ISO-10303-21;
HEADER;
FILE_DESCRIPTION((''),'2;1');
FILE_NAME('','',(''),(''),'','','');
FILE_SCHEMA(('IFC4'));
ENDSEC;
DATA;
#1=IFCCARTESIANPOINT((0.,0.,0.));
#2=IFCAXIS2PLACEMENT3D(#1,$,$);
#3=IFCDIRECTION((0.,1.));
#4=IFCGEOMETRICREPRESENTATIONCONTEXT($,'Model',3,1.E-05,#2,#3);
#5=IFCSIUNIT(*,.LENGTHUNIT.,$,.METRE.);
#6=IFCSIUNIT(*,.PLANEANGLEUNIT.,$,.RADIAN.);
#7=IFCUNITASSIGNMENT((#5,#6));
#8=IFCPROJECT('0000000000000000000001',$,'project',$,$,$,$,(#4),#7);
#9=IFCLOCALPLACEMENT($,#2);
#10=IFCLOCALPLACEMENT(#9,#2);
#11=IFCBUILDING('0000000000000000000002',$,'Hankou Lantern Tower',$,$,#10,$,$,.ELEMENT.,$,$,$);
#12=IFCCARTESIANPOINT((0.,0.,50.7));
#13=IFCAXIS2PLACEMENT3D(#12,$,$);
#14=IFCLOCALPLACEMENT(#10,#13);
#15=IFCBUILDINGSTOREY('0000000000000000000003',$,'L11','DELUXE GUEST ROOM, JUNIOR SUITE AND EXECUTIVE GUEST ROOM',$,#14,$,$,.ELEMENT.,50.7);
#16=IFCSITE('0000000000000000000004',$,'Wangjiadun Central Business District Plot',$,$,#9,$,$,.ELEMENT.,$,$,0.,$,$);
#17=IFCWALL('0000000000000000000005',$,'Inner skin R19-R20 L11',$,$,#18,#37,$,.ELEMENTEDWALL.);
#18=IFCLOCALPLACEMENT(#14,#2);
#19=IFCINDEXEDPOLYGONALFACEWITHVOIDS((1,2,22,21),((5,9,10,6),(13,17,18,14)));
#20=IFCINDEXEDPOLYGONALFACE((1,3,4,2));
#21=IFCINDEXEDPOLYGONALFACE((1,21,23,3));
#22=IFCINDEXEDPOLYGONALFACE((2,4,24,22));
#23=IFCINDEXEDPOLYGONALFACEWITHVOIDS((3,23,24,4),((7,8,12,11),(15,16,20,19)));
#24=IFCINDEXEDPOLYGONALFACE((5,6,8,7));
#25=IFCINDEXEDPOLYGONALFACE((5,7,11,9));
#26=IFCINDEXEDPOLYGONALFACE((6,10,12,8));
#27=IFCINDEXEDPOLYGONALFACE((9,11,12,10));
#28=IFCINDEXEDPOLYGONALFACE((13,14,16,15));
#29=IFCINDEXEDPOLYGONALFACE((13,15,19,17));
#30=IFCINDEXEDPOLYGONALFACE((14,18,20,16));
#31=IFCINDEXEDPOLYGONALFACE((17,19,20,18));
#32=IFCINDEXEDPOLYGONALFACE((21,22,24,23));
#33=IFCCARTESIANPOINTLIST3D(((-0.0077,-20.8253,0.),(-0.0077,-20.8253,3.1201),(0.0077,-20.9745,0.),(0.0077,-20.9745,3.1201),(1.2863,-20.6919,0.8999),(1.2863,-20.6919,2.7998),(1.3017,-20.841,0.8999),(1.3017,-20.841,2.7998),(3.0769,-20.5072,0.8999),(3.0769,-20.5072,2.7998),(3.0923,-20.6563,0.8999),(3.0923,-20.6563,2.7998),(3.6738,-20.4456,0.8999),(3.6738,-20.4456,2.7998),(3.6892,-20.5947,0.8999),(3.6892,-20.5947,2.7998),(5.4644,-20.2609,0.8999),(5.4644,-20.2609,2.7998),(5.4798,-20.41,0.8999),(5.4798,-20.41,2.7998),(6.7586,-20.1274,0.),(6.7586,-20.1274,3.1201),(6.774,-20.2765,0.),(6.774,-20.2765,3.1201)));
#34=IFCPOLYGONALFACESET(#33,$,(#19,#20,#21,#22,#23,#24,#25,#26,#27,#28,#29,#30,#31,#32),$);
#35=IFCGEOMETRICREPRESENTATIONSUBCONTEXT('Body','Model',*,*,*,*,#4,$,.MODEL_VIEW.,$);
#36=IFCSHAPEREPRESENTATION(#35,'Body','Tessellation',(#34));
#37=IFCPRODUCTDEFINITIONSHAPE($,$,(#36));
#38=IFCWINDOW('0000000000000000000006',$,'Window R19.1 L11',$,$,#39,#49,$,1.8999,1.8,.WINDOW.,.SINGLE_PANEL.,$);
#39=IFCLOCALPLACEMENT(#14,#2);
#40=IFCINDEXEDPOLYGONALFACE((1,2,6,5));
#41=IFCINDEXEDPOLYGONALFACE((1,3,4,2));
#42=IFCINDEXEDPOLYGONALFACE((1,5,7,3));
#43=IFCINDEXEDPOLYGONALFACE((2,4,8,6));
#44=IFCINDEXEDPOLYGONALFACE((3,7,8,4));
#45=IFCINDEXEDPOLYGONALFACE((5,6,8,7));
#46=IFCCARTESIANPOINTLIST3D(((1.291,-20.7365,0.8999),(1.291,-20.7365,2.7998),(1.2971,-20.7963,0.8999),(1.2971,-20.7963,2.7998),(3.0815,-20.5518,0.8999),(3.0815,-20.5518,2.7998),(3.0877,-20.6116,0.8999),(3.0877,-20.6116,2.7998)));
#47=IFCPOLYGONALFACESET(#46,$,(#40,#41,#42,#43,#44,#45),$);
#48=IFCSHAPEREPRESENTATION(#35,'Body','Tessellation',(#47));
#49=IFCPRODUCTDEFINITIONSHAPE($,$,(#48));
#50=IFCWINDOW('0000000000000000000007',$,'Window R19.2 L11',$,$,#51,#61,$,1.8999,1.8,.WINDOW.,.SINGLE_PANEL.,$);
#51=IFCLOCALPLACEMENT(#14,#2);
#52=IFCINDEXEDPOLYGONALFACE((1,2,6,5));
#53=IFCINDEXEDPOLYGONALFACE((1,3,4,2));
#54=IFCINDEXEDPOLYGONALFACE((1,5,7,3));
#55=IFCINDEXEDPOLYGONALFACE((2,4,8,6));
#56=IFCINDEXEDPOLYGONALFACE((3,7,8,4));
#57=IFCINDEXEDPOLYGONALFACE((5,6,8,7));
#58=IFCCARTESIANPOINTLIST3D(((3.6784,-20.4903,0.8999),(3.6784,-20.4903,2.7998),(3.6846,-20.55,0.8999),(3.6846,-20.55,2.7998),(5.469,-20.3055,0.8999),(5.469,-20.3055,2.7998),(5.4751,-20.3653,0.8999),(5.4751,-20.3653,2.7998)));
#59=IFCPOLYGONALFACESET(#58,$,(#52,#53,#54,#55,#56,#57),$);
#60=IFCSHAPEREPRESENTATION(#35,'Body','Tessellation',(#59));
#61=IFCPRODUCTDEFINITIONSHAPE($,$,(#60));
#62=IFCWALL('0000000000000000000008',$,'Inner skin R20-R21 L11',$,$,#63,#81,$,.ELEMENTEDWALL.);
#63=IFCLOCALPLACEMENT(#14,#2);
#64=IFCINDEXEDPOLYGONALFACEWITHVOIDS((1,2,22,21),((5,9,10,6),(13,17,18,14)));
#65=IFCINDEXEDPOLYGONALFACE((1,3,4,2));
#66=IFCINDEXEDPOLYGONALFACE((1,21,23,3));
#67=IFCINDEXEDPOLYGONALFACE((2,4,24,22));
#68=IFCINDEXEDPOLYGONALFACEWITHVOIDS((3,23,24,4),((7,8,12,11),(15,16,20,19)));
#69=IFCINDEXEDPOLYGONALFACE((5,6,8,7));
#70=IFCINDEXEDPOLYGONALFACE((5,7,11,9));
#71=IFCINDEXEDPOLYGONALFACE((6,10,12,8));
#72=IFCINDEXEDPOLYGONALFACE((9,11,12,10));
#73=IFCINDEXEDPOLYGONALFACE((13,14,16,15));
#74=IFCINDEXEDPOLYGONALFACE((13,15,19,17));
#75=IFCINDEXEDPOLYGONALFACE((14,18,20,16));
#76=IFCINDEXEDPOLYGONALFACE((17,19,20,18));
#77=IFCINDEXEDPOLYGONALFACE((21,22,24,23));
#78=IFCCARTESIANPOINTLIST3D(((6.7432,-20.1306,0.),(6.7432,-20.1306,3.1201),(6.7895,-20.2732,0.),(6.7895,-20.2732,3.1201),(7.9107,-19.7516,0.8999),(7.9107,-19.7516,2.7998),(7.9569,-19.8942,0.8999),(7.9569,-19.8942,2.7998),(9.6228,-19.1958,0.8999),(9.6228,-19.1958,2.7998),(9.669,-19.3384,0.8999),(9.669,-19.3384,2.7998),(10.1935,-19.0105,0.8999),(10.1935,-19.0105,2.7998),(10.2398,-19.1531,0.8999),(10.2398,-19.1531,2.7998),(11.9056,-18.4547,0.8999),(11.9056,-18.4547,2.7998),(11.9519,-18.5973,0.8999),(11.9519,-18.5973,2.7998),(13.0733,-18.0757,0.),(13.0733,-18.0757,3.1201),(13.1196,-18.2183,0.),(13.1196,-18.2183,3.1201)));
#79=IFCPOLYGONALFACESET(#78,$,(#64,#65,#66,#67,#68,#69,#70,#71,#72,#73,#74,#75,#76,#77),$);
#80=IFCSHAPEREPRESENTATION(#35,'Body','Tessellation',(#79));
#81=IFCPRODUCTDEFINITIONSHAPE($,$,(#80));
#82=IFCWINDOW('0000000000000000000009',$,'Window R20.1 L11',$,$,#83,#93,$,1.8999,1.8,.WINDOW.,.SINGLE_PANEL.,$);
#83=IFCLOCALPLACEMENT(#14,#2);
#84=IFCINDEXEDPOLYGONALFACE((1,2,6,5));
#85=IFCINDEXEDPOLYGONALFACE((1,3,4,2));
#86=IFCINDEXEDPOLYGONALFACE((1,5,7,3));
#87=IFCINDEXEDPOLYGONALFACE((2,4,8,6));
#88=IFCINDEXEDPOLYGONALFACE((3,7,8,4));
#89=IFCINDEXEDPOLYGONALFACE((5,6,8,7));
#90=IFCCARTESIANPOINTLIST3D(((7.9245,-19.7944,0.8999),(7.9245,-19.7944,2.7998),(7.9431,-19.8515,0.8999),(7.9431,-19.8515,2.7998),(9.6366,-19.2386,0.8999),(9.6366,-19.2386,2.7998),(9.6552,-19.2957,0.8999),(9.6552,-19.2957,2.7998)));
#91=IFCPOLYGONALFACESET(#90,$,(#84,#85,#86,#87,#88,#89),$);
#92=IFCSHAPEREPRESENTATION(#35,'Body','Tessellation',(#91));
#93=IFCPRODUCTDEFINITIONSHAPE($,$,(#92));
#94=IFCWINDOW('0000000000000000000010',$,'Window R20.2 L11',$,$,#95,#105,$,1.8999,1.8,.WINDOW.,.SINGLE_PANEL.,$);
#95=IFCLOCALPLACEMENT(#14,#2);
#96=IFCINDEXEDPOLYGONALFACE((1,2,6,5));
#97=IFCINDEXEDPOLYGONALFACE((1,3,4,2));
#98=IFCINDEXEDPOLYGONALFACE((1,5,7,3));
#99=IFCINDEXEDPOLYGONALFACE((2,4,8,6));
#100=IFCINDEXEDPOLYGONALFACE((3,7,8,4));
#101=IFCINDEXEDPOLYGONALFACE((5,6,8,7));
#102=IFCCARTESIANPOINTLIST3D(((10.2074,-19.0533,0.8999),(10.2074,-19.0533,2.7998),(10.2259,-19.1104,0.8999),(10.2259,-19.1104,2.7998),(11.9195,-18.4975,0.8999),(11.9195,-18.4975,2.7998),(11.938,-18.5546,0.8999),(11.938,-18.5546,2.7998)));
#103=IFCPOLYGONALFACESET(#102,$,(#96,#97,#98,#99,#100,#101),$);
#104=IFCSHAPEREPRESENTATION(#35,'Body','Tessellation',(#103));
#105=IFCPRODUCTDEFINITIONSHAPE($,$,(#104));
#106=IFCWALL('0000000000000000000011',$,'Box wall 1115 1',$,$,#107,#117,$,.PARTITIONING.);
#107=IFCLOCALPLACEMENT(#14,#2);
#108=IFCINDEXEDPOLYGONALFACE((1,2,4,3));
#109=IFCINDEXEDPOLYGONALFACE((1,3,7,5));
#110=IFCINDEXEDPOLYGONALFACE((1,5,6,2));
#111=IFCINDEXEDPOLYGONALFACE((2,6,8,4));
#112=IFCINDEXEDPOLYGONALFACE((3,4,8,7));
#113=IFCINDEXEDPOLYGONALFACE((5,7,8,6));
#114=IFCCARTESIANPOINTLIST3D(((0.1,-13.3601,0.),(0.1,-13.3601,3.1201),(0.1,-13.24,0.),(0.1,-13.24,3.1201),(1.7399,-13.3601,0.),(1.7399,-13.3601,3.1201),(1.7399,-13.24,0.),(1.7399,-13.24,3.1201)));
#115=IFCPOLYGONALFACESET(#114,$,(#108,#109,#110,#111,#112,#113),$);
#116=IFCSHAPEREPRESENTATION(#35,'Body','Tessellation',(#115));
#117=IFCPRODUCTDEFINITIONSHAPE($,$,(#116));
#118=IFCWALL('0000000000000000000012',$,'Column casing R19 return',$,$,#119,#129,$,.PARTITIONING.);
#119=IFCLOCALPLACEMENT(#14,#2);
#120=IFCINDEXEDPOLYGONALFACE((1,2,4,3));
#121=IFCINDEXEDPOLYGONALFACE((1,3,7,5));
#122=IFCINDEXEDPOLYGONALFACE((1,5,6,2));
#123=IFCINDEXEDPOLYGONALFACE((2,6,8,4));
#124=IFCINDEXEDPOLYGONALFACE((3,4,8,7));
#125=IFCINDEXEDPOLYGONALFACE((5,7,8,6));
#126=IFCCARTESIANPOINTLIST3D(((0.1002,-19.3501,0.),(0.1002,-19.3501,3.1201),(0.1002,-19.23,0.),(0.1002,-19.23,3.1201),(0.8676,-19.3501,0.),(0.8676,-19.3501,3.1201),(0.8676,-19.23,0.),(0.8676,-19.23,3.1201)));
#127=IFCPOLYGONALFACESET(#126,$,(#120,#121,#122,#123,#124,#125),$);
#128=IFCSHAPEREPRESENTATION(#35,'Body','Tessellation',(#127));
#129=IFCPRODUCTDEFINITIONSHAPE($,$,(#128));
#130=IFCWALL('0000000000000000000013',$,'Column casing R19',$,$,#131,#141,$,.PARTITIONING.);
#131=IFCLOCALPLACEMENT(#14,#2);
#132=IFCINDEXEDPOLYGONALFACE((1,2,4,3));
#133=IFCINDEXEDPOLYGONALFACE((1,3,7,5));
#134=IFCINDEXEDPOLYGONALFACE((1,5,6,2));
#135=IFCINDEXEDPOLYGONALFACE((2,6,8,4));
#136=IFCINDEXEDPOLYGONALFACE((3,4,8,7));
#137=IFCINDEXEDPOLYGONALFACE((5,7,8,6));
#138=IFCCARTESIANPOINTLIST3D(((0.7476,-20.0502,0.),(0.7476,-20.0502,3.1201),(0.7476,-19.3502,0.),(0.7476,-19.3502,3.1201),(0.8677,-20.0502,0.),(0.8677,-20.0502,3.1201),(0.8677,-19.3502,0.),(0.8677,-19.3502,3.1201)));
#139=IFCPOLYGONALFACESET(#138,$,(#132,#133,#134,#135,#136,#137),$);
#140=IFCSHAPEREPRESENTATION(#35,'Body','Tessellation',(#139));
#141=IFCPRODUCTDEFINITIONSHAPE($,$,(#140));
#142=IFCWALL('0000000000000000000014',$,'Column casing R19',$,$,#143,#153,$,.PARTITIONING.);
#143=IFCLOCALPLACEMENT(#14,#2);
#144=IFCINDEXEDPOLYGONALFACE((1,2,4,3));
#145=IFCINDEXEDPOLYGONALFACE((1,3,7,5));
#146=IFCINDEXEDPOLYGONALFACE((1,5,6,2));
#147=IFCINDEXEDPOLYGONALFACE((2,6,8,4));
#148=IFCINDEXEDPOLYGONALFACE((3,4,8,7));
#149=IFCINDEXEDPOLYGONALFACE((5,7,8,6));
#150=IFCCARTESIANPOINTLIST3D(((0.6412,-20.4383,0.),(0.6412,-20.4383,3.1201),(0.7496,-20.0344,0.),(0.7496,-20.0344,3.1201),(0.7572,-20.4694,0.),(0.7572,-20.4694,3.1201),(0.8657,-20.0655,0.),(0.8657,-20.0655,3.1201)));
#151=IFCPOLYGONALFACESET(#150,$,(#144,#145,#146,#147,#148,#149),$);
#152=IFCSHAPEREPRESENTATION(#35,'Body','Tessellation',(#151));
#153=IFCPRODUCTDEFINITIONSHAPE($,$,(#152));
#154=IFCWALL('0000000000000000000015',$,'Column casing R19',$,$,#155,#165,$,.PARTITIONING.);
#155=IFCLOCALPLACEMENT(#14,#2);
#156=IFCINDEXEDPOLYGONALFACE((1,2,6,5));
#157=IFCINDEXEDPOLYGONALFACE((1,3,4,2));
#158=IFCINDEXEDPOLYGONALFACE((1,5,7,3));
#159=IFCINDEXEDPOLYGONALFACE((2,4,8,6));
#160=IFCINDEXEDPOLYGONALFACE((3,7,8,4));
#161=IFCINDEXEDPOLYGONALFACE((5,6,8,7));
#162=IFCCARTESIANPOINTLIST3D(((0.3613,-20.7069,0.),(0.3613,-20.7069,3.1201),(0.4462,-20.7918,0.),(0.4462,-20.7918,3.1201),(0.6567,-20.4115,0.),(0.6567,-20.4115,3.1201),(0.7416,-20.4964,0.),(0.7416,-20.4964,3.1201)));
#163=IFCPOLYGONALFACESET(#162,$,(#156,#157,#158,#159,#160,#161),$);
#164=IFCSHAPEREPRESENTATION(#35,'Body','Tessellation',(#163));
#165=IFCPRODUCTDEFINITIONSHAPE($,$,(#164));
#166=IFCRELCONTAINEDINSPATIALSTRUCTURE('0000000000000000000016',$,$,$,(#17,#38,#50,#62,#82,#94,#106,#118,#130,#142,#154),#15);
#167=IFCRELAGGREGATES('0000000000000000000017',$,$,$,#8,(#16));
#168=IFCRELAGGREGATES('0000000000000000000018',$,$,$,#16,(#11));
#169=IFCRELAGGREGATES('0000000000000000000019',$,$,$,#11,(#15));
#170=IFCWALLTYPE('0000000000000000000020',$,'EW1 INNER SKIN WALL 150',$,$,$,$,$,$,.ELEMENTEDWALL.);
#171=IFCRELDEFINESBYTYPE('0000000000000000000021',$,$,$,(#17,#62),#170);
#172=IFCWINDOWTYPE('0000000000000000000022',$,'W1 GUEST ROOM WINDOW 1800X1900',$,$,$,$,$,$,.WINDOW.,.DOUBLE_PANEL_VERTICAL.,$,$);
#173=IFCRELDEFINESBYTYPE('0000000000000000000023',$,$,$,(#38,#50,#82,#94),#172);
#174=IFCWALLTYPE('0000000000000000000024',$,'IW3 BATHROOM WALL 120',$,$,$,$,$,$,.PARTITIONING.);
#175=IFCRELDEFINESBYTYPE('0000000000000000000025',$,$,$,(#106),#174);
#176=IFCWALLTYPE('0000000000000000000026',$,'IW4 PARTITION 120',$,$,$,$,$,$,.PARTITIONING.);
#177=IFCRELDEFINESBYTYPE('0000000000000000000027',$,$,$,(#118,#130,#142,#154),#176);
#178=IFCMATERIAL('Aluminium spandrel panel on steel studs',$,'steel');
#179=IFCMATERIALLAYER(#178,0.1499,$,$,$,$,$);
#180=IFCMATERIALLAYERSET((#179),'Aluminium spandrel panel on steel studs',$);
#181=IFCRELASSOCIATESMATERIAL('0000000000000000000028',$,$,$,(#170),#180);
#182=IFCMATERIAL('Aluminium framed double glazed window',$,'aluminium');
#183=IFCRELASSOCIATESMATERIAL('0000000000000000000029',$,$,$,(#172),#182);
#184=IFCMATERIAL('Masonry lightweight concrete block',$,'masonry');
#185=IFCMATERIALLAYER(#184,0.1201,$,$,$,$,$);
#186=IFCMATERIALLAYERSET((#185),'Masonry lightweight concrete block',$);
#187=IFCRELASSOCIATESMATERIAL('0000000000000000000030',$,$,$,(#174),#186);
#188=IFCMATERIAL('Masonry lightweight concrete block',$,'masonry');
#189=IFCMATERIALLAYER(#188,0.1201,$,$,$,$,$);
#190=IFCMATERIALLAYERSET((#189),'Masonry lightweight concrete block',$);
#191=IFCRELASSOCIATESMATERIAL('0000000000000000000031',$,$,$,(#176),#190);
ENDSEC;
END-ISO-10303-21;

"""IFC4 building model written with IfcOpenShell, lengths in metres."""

from ifc_helpers import new_model, si_unit, direction, frame, frame_2d, origin, place, context, subcontext, project, spatial, rectangle, extrude, material, layer, layer_set, type_object, element, fill, save


model = new_model("IFC4")

# Units and contexts
model_context = context("Model", 3, precision=1e-05, world=origin(), true_north=direction((0.0, 1.0)))
body_context = subcontext(model_context, "Body", "Model", "MODEL_VIEW")
ifc_project = project(units=[si_unit("LENGTHUNIT", "METRE"), si_unit("PLANEANGLEUNIT", "RADIAN")], contexts=[model_context])

# Site, building, storey
site_placement = place(None, origin())
site = spatial("IfcSite", under=ifc_project, at=site_placement, Name="Wangjiadun Central Business District Plot", CompositionType="ELEMENT", RefElevation=0.0)
building_placement = place(site_placement, origin())
building = spatial("IfcBuilding", under=site, at=building_placement, Name="Hankou Lantern Tower", CompositionType="ELEMENT")
storey_placement = place(building_placement, frame((0.0, 0.0, 50.7)))
storey = spatial("IfcBuildingStorey", under=building, at=storey_placement, Name="L11", Description="DELUXE GUEST ROOM, JUNIOR SUITE AND EXECUTIVE GUEST ROOM", CompositionType="ELEMENT", Elevation=50.7)

# Walls, openings, windows
ifc_material_1 = material(Name="Aluminium spandrel panel on steel studs", Category="steel")
ifc_layer_1 = layer(ifc_material_1, 0.1499)
ifc_layer_set_1 = layer_set([ifc_layer_1], Name="Aluminium spandrel panel on steel studs")
wall_type_1 = type_object("IfcWallType", Name="EW1 INNER SKIN WALL 150", PredefinedType="ELEMENTEDWALL", material=ifc_layer_set_1)
wall_1_placement = place(storey_placement, frame((0.0, -20.8999, 0.0), z_axis=(0.0, 0.0, 1.0), x_axis=(0.994721, 0.102613, 0.0)))
wall_1 = element("IfcWall", 1, at=wall_1_placement, inside=storey, type_object=wall_type_1, Name="Inner skin R19-R20 L11", PredefinedType="ELEMENTEDWALL", context=body_context, shape_type="SweptSolid", body=[
    extrude(rectangle(XDim=6.8022, YDim=0.1499, at=frame_2d((3.4011, 0.0))), origin(), (0.0, 0.0, 1.0), 3.1201),
])
opening_1_placement = place(wall_1_placement, frame((1.301, 0.0, 0.8999)))
opening_1 = element("IfcOpeningElement", 2, at=opening_1_placement, cuts=wall_1, PredefinedType="OPENING", context=body_context, shape_type="SweptSolid", body=[
    extrude(rectangle(XDim=1.8, YDim=1.8999, at=frame_2d((0.8999, 0.95))), frame((0.0, 0.085, 0.0), z_axis=(0.0, -1.0, 0.0), x_axis=(1.0, 0.0, 0.0)), (0.0, 0.0, 1.0), 0.1699),
])
opening_2_placement = place(wall_1_placement, frame((3.7012, 0.0, 0.8999)))
opening_2 = element("IfcOpeningElement", 3, at=opening_2_placement, cuts=wall_1, PredefinedType="OPENING", context=body_context, shape_type="SweptSolid", body=[
    extrude(rectangle(XDim=1.8, YDim=1.8999, at=frame_2d((0.8999, 0.95))), frame((0.0, 0.085, 0.0), z_axis=(0.0, -1.0, 0.0), x_axis=(1.0, 0.0, 0.0)), (0.0, 0.0, 1.0), 0.1699),
])
ifc_material_2 = material(Name="Aluminium framed double glazed window", Category="aluminium")
window_type = type_object("IfcWindowType", Name="W1 GUEST ROOM WINDOW 1800X1900", PartitioningType="DOUBLE_PANEL_VERTICAL", PredefinedType="WINDOW", material=ifc_material_2)
window_1_placement = place(opening_1_placement, origin())
window_1 = element("IfcWindow", 4, at=window_1_placement, inside=storey, type_object=window_type, Name="Window R19.1 L11", OverallHeight=1.8999, OverallWidth=1.8, PartitioningType="SINGLE_PANEL", PredefinedType="WINDOW", context=body_context, shape_type="SweptSolid", body=[
    extrude(rectangle(XDim=1.8, YDim=1.8999, at=frame_2d((0.8999, 0.95))), frame((0.0, 0.03, 0.0), z_axis=(0.0, -1.0, 0.0), x_axis=(1.0, 0.0, 0.0)), (0.0, 0.0, 1.0), 0.0601),
])
fill(opening_1, window_1)
window_2_placement = place(opening_2_placement, origin())
window_2 = element("IfcWindow", 5, at=window_2_placement, inside=storey, type_object=window_type, Name="Window R19.2 L11", OverallHeight=1.8999, OverallWidth=1.8, PartitioningType="SINGLE_PANEL", PredefinedType="WINDOW", context=body_context, shape_type="SweptSolid", body=[
    extrude(rectangle(XDim=1.8, YDim=1.8999, at=frame_2d((0.8999, 0.95))), frame((0.0, 0.03, 0.0), z_axis=(0.0, -1.0, 0.0), x_axis=(1.0, 0.0, 0.0)), (0.0, 0.0, 1.0), 0.0601),
])
fill(opening_2, window_2)
wall_2_placement = place(storey_placement, frame((6.7664, -20.2019, 0.0), z_axis=(0.0, 0.0, 1.0), x_axis=(0.951138, 0.308768, 0.0)))
wall_2 = element("IfcWall", 6, at=wall_2_placement, inside=storey, type_object=wall_type_1, Name="Inner skin R20-R21 L11", PredefinedType="ELEMENTEDWALL", context=body_context, shape_type="SweptSolid", body=[
    extrude(rectangle(XDim=6.6553, YDim=0.1499, at=frame_2d((3.3276, 0.0))), origin(), (0.0, 0.0, 1.0), 3.1201),
])
opening_3_placement = place(wall_2_placement, frame((1.2275, 0.0, 0.8999)))
opening_3 = element("IfcOpeningElement", 7, at=opening_3_placement, cuts=wall_2, PredefinedType="OPENING", context=body_context, shape_type="SweptSolid", body=[
    extrude(rectangle(XDim=1.8, YDim=1.8999, at=frame_2d((0.8999, 0.95))), frame((0.0, 0.085, 0.0), z_axis=(0.0, -1.0, 0.0), x_axis=(1.0, 0.0, 0.0)), (0.0, 0.0, 1.0), 0.1699),
])
opening_4_placement = place(wall_2_placement, frame((3.6277, 0.0, 0.8999)))
opening_4 = element("IfcOpeningElement", 8, at=opening_4_placement, cuts=wall_2, PredefinedType="OPENING", context=body_context, shape_type="SweptSolid", body=[
    extrude(rectangle(XDim=1.8, YDim=1.8999, at=frame_2d((0.8999, 0.95))), frame((0.0, 0.085, 0.0), z_axis=(0.0, -1.0, 0.0), x_axis=(1.0, 0.0, 0.0)), (0.0, 0.0, 1.0), 0.1699),
])
window_3_placement = place(opening_3_placement, origin())
window_3 = element("IfcWindow", 9, at=window_3_placement, inside=storey, type_object=window_type, Name="Window R20.1 L11", OverallHeight=1.8999, OverallWidth=1.8, PartitioningType="SINGLE_PANEL", PredefinedType="WINDOW", context=body_context, shape_type="SweptSolid", body=[
    extrude(rectangle(XDim=1.8, YDim=1.8999, at=frame_2d((0.8999, 0.95))), frame((0.0, 0.03, 0.0), z_axis=(0.0, -1.0, 0.0), x_axis=(1.0, 0.0, 0.0)), (0.0, 0.0, 1.0), 0.0601),
])
fill(opening_3, window_3)
window_4_placement = place(opening_4_placement, origin())
window_4 = element("IfcWindow", 10, at=window_4_placement, inside=storey, type_object=window_type, Name="Window R20.2 L11", OverallHeight=1.8999, OverallWidth=1.8, PartitioningType="SINGLE_PANEL", PredefinedType="WINDOW", context=body_context, shape_type="SweptSolid", body=[
    extrude(rectangle(XDim=1.8, YDim=1.8999, at=frame_2d((0.8999, 0.95))), frame((0.0, 0.03, 0.0), z_axis=(0.0, -1.0, 0.0), x_axis=(1.0, 0.0, 0.0)), (0.0, 0.0, 1.0), 0.0601),
])
fill(opening_4, window_4)

# Walls
ifc_material_3 = material(Name="Masonry lightweight concrete block", Category="masonry")
ifc_layer_2 = layer(ifc_material_3, 0.1201)
ifc_layer_set_2 = layer_set([ifc_layer_2], Name="Masonry lightweight concrete block")
wall_type_2 = type_object("IfcWallType", Name="IW3 BATHROOM WALL 120", PredefinedType="PARTITIONING", material=ifc_layer_set_2)
wall_3_placement = place(storey_placement, frame((0.1001, -13.3, 0.0), z_axis=(0.0, 0.0, 1.0), x_axis=(1.0, 0.0, 0.0)))
element("IfcWall", 11, at=wall_3_placement, inside=storey, type_object=wall_type_2, Name="Box wall 1115 1", PredefinedType="PARTITIONING", context=body_context, shape_type="SweptSolid", body=[
    extrude(rectangle(XDim=1.6399, YDim=0.1201, at=frame_2d((0.8198, 0.0))), origin(), (0.0, 0.0, 1.0), 3.1201),
])
ifc_material_4 = material(Name="Masonry lightweight concrete block", Category="masonry")
ifc_layer_3 = layer(ifc_material_4, 0.1201)
ifc_layer_set_3 = layer_set([ifc_layer_3], Name="Masonry lightweight concrete block")
wall_type_3 = type_object("IfcWallType", Name="IW4 PARTITION 120", PredefinedType="PARTITIONING", material=ifc_layer_set_3)
wall_4_placement = place(storey_placement, frame((0.1001, -19.29, 0.0), z_axis=(0.0, 0.0, 1.0), x_axis=(1.0, 0.0, 0.0)))
element("IfcWall", 12, at=wall_4_placement, inside=storey, type_object=wall_type_3, Name="Column casing R19 return", PredefinedType="PARTITIONING", context=body_context, shape_type="SweptSolid", body=[
    extrude(rectangle(XDim=0.7673, YDim=0.1201, at=frame_2d((0.3838, 0.0))), origin(), (0.0, 0.0, 1.0), 3.1201),
])
wall_5_placement = place(storey_placement, frame((0.8076, -19.3501, 0.0), z_axis=(0.0, 0.0, 1.0), x_axis=(0.0, -1.0, 0.0)))
element("IfcWall", 13, at=wall_5_placement, inside=storey, type_object=wall_type_3, Name="Column casing R19", PredefinedType="PARTITIONING", context=body_context, shape_type="SweptSolid", body=[
    extrude(rectangle(XDim=0.7, YDim=0.1201, at=frame_2d((0.3501, 0.0))), origin(), (0.0, 0.0, 1.0), 3.1201),
])
wall_6_placement = place(storey_placement, frame((0.8076, -20.05, 0.0), z_axis=(0.0, 0.0, 1.0), x_axis=(-0.259261, -0.965807, 0.0)))
element("IfcWall", 14, at=wall_6_placement, inside=storey, type_object=wall_type_3, Name="Column casing R19", PredefinedType="PARTITIONING", context=body_context, shape_type="SweptSolid", body=[
    extrude(rectangle(XDim=0.4182, YDim=0.1201, at=frame_2d((0.209, 0.0))), origin(), (0.0, 0.0, 1.0), 3.1201),
])
wall_7_placement = place(storey_placement, frame((0.6992, -20.4539, 0.0), z_axis=(0.0, 0.0, 1.0), x_axis=(-0.707107, -0.707107, 0.0)))
element("IfcWall", 15, at=wall_7_placement, inside=storey, type_object=wall_type_3, Name="Column casing R19", PredefinedType="PARTITIONING", context=body_context, shape_type="SweptSolid", body=[
    extrude(rectangle(XDim=0.4177, YDim=0.1201, at=frame_2d((0.209, 0.0))), origin(), (0.0, 0.0, 1.0), 3.1201),
])

save(model, "model.ifc")
